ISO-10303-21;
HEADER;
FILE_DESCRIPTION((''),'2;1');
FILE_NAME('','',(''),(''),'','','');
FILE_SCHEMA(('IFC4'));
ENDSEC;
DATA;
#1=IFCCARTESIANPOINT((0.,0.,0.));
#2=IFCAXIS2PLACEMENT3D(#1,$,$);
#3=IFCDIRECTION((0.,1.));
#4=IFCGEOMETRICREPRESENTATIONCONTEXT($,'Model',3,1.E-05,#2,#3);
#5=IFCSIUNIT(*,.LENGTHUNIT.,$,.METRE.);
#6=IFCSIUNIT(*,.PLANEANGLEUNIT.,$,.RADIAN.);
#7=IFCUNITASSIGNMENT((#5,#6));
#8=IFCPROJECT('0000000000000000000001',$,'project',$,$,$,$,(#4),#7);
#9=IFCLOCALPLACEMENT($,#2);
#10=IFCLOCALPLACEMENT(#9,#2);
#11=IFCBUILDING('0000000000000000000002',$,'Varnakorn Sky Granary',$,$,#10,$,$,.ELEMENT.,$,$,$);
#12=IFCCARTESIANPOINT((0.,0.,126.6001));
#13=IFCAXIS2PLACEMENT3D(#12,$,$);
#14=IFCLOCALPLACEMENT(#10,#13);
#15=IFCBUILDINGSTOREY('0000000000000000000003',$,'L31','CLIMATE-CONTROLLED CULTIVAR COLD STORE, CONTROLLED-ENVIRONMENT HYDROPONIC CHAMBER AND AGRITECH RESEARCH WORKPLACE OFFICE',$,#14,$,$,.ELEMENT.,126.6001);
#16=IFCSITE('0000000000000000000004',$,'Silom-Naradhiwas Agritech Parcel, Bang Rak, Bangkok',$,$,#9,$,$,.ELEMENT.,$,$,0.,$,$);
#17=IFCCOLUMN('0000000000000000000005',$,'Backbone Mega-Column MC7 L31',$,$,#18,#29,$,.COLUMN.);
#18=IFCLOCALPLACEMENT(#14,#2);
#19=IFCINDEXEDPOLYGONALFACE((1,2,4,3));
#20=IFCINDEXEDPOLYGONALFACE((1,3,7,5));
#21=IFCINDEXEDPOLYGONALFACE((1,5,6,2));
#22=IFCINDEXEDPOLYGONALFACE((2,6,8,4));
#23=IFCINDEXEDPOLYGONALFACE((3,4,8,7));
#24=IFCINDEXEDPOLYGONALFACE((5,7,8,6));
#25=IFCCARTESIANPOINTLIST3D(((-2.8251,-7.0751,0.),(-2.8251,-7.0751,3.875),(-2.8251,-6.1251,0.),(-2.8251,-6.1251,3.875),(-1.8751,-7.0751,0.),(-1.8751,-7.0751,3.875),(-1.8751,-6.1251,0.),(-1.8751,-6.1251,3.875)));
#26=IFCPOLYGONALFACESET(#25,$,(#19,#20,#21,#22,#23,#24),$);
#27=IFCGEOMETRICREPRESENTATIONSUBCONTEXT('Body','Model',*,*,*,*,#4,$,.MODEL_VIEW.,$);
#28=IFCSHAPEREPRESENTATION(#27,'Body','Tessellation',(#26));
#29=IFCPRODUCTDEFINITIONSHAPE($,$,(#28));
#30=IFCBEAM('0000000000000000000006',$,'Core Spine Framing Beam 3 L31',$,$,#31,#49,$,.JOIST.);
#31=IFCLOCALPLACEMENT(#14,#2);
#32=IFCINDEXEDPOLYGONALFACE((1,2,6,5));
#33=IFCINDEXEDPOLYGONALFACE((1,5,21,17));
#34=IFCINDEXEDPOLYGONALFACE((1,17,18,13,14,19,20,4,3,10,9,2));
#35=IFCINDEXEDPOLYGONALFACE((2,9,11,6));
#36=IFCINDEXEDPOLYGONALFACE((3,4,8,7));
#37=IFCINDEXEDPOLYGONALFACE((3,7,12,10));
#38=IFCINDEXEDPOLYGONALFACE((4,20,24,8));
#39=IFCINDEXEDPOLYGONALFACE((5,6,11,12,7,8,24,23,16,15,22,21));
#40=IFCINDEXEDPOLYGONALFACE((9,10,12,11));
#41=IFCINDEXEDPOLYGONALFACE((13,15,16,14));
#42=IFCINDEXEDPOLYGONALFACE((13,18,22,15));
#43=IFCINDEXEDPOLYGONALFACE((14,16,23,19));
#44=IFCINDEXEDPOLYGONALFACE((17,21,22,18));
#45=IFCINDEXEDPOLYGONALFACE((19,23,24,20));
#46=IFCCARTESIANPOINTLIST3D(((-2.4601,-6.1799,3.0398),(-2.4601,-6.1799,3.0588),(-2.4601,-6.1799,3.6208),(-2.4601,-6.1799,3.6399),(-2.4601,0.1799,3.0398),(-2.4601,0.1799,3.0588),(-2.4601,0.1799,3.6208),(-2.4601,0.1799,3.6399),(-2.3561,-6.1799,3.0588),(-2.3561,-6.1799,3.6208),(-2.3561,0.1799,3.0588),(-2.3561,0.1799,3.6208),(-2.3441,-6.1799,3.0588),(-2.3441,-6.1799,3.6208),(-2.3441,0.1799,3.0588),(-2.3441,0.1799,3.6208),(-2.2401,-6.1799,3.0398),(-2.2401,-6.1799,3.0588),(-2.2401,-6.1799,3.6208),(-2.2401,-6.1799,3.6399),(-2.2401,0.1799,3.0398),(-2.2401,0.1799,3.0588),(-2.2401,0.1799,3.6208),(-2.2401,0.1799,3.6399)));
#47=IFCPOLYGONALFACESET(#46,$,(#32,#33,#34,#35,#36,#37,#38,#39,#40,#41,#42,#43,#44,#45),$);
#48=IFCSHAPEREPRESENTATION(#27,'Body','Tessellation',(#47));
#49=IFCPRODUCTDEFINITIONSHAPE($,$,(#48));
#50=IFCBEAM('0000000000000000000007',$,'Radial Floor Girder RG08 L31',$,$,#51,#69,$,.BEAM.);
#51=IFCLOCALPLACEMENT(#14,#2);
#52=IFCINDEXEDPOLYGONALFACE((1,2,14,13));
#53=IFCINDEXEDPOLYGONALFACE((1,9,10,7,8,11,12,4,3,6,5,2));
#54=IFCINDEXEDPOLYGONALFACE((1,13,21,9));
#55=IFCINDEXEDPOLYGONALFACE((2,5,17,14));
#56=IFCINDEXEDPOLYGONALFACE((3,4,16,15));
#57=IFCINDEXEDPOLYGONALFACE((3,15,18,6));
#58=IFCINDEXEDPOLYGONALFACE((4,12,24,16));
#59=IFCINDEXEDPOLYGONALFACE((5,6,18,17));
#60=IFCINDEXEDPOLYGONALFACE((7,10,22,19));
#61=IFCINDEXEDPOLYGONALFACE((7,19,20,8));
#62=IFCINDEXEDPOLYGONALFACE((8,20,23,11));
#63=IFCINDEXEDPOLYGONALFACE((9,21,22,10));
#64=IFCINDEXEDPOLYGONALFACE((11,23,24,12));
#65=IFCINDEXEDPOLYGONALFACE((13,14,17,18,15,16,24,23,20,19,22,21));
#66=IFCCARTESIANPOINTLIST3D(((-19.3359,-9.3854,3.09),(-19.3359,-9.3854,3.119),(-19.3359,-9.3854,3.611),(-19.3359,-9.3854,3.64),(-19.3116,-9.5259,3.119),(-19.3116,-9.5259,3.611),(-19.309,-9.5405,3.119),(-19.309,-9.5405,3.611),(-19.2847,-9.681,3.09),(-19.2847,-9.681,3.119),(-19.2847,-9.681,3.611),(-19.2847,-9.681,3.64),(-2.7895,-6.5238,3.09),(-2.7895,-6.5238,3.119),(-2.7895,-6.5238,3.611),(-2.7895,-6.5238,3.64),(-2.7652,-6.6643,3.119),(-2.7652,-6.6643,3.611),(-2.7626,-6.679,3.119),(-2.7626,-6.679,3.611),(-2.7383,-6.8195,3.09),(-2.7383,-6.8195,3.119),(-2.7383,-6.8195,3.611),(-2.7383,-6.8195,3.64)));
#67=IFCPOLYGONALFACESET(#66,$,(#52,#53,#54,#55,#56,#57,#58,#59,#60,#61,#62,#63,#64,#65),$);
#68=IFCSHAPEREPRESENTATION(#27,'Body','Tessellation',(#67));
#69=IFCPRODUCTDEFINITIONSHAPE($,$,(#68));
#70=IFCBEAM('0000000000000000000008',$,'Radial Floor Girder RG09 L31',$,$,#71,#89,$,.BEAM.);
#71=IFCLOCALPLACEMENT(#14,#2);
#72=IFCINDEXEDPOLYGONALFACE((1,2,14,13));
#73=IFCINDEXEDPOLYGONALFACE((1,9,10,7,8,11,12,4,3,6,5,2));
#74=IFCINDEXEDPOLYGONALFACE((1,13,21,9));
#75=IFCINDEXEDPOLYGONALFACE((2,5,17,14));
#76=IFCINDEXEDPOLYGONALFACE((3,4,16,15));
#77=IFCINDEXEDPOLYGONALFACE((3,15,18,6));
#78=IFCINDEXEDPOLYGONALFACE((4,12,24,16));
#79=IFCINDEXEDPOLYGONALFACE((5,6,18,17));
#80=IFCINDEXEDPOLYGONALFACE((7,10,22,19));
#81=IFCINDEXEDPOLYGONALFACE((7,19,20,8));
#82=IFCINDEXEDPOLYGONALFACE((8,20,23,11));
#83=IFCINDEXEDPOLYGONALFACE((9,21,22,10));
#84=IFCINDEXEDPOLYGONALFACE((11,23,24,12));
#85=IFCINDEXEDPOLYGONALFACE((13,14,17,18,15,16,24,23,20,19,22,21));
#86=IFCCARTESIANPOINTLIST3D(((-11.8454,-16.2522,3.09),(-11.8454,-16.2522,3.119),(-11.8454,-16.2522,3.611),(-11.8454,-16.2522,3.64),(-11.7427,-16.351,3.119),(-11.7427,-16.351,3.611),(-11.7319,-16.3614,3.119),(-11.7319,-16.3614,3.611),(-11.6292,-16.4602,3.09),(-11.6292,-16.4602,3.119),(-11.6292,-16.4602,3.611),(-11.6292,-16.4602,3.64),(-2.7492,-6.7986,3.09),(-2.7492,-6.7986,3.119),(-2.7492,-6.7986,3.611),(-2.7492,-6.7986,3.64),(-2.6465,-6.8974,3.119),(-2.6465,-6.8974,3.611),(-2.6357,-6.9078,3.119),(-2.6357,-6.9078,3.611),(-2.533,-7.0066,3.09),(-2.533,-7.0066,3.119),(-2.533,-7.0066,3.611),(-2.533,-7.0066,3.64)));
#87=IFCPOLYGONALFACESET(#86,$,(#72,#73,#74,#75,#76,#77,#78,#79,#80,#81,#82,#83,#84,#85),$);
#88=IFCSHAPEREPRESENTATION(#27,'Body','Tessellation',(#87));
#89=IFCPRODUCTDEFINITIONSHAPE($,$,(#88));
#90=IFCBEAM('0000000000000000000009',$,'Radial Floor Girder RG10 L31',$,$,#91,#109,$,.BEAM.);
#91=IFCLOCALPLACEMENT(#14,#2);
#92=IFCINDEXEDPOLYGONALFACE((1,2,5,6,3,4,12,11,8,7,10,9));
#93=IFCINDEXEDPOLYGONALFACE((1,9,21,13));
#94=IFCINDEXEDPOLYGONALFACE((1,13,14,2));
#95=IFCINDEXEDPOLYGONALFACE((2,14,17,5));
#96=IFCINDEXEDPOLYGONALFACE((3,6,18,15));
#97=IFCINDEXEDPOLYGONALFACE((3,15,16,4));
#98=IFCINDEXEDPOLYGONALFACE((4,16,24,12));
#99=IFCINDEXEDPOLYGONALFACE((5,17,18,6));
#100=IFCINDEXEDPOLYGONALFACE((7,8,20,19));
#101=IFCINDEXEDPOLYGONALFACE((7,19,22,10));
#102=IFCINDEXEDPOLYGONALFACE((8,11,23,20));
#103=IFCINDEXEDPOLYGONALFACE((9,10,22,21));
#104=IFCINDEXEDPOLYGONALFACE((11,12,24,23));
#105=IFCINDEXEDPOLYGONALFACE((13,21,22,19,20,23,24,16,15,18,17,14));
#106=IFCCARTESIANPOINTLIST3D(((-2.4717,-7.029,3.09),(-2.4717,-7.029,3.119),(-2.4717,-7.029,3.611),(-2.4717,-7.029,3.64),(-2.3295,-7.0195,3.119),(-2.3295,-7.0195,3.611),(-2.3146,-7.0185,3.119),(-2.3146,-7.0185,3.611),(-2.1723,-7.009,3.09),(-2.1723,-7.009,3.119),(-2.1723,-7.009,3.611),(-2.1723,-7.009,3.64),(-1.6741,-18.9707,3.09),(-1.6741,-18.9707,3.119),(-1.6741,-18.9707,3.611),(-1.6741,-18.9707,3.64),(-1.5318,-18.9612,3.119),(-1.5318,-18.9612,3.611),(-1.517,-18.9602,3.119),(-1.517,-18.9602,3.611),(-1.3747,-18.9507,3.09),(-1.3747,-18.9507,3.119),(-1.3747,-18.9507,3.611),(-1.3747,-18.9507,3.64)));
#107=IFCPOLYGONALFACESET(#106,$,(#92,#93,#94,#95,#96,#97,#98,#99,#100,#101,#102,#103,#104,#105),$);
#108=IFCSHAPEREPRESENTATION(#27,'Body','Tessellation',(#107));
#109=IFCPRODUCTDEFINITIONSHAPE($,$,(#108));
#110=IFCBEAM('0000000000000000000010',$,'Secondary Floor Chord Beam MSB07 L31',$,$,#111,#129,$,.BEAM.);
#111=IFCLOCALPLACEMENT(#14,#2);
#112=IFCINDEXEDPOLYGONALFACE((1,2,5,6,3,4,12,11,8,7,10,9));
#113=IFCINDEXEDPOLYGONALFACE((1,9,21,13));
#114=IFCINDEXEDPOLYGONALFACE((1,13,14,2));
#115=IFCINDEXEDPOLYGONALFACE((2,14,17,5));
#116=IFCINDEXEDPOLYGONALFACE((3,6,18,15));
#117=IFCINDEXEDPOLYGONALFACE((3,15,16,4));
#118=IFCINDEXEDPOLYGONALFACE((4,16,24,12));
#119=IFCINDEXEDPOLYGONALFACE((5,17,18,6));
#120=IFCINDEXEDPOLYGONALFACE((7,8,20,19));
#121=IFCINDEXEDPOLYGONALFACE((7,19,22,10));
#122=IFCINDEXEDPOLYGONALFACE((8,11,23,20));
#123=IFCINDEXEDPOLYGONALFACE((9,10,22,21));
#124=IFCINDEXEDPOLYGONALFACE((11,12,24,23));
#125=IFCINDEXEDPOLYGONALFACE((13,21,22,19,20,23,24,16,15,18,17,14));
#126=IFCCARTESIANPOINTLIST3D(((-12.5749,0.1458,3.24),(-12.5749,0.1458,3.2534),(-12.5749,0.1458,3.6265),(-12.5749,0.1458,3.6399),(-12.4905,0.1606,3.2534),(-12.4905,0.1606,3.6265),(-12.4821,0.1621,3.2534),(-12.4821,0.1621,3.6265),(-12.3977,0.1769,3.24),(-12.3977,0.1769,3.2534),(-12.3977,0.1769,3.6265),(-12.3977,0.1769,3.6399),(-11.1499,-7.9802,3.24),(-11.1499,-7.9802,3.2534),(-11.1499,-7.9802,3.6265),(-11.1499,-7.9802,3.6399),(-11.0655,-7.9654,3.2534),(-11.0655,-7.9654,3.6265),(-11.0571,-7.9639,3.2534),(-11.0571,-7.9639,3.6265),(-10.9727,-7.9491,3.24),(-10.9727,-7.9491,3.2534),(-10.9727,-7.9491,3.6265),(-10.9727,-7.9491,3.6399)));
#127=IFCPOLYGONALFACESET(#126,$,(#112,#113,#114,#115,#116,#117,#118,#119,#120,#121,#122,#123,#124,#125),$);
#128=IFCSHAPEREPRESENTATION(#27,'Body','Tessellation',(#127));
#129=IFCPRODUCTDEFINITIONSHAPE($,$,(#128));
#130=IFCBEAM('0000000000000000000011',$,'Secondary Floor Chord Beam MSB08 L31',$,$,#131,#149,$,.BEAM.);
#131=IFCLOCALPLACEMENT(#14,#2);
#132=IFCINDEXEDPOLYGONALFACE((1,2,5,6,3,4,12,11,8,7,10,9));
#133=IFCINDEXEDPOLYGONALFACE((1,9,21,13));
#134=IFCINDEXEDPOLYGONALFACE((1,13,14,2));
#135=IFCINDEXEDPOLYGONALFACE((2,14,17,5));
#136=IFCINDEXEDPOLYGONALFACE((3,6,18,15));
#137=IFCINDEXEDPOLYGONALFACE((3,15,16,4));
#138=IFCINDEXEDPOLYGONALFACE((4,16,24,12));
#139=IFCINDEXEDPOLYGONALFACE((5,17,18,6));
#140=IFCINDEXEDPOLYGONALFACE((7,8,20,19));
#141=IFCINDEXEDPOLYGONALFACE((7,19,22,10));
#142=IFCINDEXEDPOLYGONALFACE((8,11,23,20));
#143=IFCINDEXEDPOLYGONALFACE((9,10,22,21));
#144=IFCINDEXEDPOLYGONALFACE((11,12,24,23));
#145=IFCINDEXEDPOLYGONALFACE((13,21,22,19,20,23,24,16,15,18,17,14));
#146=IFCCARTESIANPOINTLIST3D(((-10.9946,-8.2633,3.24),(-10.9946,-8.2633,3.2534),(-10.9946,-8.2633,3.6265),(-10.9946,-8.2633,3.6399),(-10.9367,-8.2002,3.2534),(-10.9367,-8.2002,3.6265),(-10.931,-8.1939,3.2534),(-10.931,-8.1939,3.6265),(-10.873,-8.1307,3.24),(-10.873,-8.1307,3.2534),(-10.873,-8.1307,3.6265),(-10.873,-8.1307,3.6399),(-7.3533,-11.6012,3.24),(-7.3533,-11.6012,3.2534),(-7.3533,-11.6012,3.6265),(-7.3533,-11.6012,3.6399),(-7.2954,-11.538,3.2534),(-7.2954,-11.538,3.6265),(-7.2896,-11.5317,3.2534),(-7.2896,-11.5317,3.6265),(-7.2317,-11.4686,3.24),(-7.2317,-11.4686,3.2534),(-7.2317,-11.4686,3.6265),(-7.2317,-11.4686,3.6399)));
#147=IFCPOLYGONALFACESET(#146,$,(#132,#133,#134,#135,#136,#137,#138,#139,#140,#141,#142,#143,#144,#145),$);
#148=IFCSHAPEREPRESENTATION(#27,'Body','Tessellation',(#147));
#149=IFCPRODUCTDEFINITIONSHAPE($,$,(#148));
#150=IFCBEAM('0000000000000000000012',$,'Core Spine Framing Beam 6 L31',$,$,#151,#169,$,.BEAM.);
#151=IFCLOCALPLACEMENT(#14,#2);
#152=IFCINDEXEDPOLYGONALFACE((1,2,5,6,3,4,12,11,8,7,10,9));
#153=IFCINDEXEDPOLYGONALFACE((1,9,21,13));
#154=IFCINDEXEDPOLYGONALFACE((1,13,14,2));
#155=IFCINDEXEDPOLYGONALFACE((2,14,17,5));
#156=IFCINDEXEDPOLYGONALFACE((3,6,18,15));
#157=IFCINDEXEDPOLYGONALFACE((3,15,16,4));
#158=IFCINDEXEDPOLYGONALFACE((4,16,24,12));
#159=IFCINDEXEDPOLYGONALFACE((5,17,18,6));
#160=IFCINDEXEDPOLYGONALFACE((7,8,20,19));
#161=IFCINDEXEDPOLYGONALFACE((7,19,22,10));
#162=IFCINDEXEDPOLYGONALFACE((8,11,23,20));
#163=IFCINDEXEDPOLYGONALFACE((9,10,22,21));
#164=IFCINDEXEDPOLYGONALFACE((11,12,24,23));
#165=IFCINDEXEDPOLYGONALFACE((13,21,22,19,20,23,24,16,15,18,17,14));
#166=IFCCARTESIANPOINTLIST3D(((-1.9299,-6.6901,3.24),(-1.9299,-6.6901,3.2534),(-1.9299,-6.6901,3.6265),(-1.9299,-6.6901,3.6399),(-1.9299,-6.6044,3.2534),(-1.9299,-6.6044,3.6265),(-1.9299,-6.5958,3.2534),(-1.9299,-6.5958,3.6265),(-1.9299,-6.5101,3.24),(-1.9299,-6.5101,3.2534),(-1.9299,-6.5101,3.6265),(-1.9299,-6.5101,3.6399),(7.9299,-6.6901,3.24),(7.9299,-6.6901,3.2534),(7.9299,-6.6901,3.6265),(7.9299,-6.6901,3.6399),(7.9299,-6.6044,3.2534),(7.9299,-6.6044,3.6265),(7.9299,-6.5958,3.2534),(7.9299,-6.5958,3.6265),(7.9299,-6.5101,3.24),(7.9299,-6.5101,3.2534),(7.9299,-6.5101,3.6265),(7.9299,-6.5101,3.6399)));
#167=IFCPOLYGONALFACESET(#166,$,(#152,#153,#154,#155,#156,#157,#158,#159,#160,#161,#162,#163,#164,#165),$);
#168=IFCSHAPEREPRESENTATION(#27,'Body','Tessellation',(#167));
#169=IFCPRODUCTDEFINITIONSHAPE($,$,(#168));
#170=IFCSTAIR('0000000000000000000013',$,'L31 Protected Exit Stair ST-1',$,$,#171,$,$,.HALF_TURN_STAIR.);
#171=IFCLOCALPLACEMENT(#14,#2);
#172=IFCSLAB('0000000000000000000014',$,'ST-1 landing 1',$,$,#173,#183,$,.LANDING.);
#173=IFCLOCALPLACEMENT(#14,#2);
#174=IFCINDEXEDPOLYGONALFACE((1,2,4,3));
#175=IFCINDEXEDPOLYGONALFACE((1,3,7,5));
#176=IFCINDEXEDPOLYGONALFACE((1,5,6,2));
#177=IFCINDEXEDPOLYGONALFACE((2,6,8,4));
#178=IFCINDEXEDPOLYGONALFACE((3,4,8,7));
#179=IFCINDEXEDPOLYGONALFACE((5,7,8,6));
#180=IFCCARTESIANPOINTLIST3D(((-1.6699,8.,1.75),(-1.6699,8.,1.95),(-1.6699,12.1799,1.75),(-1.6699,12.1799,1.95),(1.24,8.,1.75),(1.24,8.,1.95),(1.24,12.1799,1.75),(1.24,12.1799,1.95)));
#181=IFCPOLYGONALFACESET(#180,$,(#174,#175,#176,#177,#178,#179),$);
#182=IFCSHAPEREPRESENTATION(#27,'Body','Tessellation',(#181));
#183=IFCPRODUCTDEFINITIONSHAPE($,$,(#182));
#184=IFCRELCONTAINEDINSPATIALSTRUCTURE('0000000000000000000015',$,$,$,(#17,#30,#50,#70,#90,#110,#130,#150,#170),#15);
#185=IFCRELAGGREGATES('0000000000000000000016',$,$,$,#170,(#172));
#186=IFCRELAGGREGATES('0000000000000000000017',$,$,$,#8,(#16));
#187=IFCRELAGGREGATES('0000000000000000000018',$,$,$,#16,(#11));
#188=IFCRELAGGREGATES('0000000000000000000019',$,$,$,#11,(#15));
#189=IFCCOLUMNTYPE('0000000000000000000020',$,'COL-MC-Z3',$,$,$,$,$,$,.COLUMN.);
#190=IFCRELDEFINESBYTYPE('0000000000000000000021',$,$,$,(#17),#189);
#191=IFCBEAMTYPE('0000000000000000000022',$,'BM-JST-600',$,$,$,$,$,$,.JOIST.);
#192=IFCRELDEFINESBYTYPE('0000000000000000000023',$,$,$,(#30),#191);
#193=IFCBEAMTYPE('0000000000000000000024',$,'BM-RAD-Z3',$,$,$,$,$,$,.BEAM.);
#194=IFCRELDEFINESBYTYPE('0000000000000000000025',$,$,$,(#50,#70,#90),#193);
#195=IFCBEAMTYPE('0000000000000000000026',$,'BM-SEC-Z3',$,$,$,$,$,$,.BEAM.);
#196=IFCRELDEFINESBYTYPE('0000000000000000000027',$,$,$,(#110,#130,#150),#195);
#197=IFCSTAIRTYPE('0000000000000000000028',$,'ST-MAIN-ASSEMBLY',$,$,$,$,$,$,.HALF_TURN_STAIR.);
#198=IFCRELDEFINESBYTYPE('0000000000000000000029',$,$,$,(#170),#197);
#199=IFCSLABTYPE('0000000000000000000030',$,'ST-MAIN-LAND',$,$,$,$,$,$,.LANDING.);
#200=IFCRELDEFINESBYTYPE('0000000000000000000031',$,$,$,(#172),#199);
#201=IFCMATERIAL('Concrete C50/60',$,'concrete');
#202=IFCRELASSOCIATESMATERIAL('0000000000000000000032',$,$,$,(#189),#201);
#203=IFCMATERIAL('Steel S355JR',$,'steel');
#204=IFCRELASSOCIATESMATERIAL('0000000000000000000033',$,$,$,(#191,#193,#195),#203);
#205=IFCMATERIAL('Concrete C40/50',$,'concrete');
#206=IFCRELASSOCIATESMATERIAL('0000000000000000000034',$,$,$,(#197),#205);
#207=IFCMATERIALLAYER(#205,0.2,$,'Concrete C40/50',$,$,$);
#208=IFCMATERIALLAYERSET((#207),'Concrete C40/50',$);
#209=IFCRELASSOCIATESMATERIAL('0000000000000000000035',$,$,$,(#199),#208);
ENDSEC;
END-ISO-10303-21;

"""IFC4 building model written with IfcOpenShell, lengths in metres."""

from ifc_helpers import new_model, si_unit, direction, frame, origin, origin_2d, place, context, subcontext, project, spatial, polyline, rectangle, i_section, outline, extrude, material, layer, layer_set, material_profile, profile_set, type_object, element, aggregate, save


model = new_model("IFC4")

# Units and contexts
model_context = context("Model", 3, precision=1e-05, world=origin(), true_north=direction((0.0, 1.0)))
body_context = subcontext(model_context, "Body", "Model", "MODEL_VIEW")
ifc_project = project(units=[si_unit("LENGTHUNIT", "METRE"), si_unit("PLANEANGLEUNIT", "RADIAN")], contexts=[model_context])

# Site, building, storey
site_placement = place(None, origin())
site = spatial("IfcSite", under=ifc_project, at=site_placement, Name="Silom-Naradhiwas Agritech Parcel, Bang Rak, Bangkok", CompositionType="ELEMENT", RefElevation=0.0)
building_placement = place(site_placement, origin())
building = spatial("IfcBuilding", under=site, at=building_placement, Name="Varnakorn Sky Granary", CompositionType="ELEMENT")
storey_placement = place(building_placement, frame((0.0, 0.0, 126.6001)))
storey = spatial("IfcBuildingStorey", under=building, at=storey_placement, Name="L31", Description="CLIMATE-CONTROLLED CULTIVAR COLD STORE, CONTROLLED-ENVIRONMENT HYDROPONIC CHAMBER AND AGRITECH RESEARCH WORKPLACE OFFICE", CompositionType="ELEMENT", Elevation=126.6001)

# Column
ifc_material_1 = material(Name="Concrete C50/60", Category="concrete")
ifc_material_profile_1 = material_profile(ifc_material_1, rectangle(XDim=0.95, YDim=0.95, at=origin_2d()), Name="RC 950x950")
ifc_profile_set_1 = profile_set([ifc_material_profile_1], Name="Concrete C50/60")
column_type = type_object("IfcColumnType", Name="COL-MC-Z3", PredefinedType="COLUMN", material=ifc_profile_set_1)
column_placement = place(storey_placement, frame((-2.3501, -6.6001, 0.0), z_axis=(0.0, 0.0, 1.0), x_axis=(1.0, 0.0, 0.0)))
element("IfcColumn", 1, at=column_placement, inside=storey, type_object=column_type, Name="Backbone Mega-Column MC7 L31", PredefinedType="COLUMN", context=body_context, shape_type="SweptSolid", body=[
    extrude(rectangle(XDim=0.95, YDim=0.95, at=origin_2d()), origin(), (0.0, 0.0, 1.0), 3.875),
])

# Beams
ifc_material_2 = material(Name="Steel S355JR", Category="steel")
ifc_material_profile_2 = material_profile(ifc_material_2, i_section(OverallWidth=0.22, OverallDepth=0.6001, WebThickness=0.012, FlangeThickness=0.019, at=origin_2d()), Name="IPE 600")
ifc_profile_set_2 = profile_set([ifc_material_profile_2], Name="Steel S355JR")
beam_type_1 = type_object("IfcBeamType", Name="BM-JST-600", PredefinedType="JOIST", material=ifc_profile_set_2)
beam_1_placement = place(storey_placement, frame((-2.3501, 0.1799, 3.3398), z_axis=(0.0, -1.0, 0.0), x_axis=(1.0, 0.0, 0.0)))
element("IfcBeam", 2, at=beam_1_placement, inside=storey, type_object=beam_type_1, Name="Core Spine Framing Beam 3 L31", PredefinedType="JOIST", context=body_context, shape_type="SweptSolid", body=[
    extrude(i_section(OverallWidth=0.22, OverallDepth=0.6001, WebThickness=0.012, FlangeThickness=0.019, at=origin_2d()), origin(), (0.0, 0.0, 1.0), 6.3599),
])
ifc_material_profile_3 = material_profile(ifc_material_2, i_section(OverallWidth=0.3, OverallDepth=0.55, WebThickness=0.0149, FlangeThickness=0.0291, at=origin_2d()), Name="HE 550 B")
ifc_profile_set_3 = profile_set([ifc_material_profile_3], Name="Steel S355JR")
beam_type_2 = type_object("IfcBeamType", Name="BM-RAD-Z3", PredefinedType="BEAM", material=ifc_profile_set_3)
beam_2_placement = place(storey_placement, frame((-2.7639, -6.6716, 3.365), z_axis=(-0.985373, -0.170413, 0.0), x_axis=(0.170413, -0.985373, 0.0)))
element("IfcBeam", 3, at=beam_2_placement, inside=storey, type_object=beam_type_2, Name="Radial Floor Girder RG08 L31", PredefinedType="BEAM", context=body_context, shape_type="SweptSolid", body=[
    extrude(i_section(OverallWidth=0.3, OverallDepth=0.55, WebThickness=0.0149, FlangeThickness=0.0291, at=origin_2d()), origin(), (0.0, 0.0, 1.0), 16.792),
])
beam_3_placement = place(storey_placement, frame((-2.6411, -6.9026, 3.365), z_axis=(-0.693353, -0.720598, 0.0), x_axis=(0.720598, -0.693353, 0.0)))
element("IfcBeam", 4, at=beam_3_placement, inside=storey, type_object=beam_type_2, Name="Radial Floor Girder RG09 L31", PredefinedType="BEAM", context=body_context, shape_type="SweptSolid", body=[
    extrude(i_section(OverallWidth=0.3, OverallDepth=0.55, WebThickness=0.0149, FlangeThickness=0.0291, at=origin_2d()), origin(), (0.0, 0.0, 1.0), 13.1191),
])
beam_4_placement = place(storey_placement, frame((-2.322, -7.019, 3.365), z_axis=(0.066644, -0.997777, 0.0), x_axis=(0.997777, 0.066644, 0.0)))
element("IfcBeam", 5, at=beam_4_placement, inside=storey, type_object=beam_type_2, Name="Radial Floor Girder RG10 L31", PredefinedType="BEAM", context=body_context, shape_type="SweptSolid", body=[
    extrude(i_section(OverallWidth=0.3, OverallDepth=0.55, WebThickness=0.0149, FlangeThickness=0.0291, at=origin_2d()), origin(), (0.0, 0.0, 1.0), 11.9683),
])
ifc_material_profile_4 = material_profile(ifc_material_2, i_section(OverallWidth=0.1799, OverallDepth=0.3999, WebThickness=0.0085, FlangeThickness=0.0134, at=origin_2d()), Name="IPE 400")
ifc_profile_set_4 = profile_set([ifc_material_profile_4], Name="Steel S355JR")
beam_type_3 = type_object("IfcBeamType", Name="BM-SEC-Z3", PredefinedType="BEAM", material=ifc_profile_set_4)
beam_5_placement = place(storey_placement, frame((-12.4863, 0.1614, 3.4399), z_axis=(0.172733, -0.984969, 0.0), x_axis=(0.984969, 0.172733, 0.0)))
element("IfcBeam", 6, at=beam_5_placement, inside=storey, type_object=beam_type_3, Name="Secondary Floor Chord Beam MSB07 L31", PredefinedType="BEAM", context=body_context, shape_type="SweptSolid", body=[
    extrude(i_section(OverallWidth=0.1799, OverallDepth=0.3999, WebThickness=0.0085, FlangeThickness=0.0134, at=origin_2d()), origin(), (0.0, 0.0, 1.0), 8.25),
])
beam_6_placement = place(storey_placement, frame((-10.9338, -8.197, 3.4399), z_axis=(0.737156, -0.675722, 0.0), x_axis=(0.675722, 0.737156, 0.0)))
element("IfcBeam", 7, at=beam_6_placement, inside=storey, type_object=beam_type_3, Name="Secondary Floor Chord Beam MSB08 L31", PredefinedType="BEAM", context=body_context, shape_type="SweptSolid", body=[
    extrude(i_section(OverallWidth=0.1799, OverallDepth=0.3999, WebThickness=0.0085, FlangeThickness=0.0134, at=origin_2d()), origin(), (0.0, 0.0, 1.0), 4.9397),
])
beam_7_placement = place(storey_placement, frame((-1.9299, -6.6001, 3.4399), z_axis=(1.0, 0.0, 0.0), x_axis=(0.0, 1.0, 0.0)))
element("IfcBeam", 8, at=beam_7_placement, inside=storey, type_object=beam_type_3, Name="Core Spine Framing Beam 6 L31", PredefinedType="BEAM", context=body_context, shape_type="SweptSolid", body=[
    extrude(i_section(OverallWidth=0.1799, OverallDepth=0.3999, WebThickness=0.0085, FlangeThickness=0.0134, at=origin_2d()), origin(), (0.0, 0.0, 1.0), 9.8599),
])

# Stair, slab
ifc_material_3 = material(Name="Concrete C40/50", Category="concrete")
stair_type = type_object("IfcStairType", Name="ST-MAIN-ASSEMBLY", PredefinedType="HALF_TURN_STAIR", material=ifc_material_3)
stair_1_placement = place(storey_placement, origin())
stair_1 = element("IfcStair", 9, at=stair_1_placement, inside=storey, type_object=stair_type, Name="L31 Protected Exit Stair ST-1", PredefinedType="HALF_TURN_STAIR")
ifc_layer_1 = layer(ifc_material_3, 0.2, Name="Concrete C40/50")
ifc_layer_set_1 = layer_set([ifc_layer_1], Name="Concrete C40/50")
slab_type_1 = type_object("IfcSlabType", Name="ST-MAIN-LAND", PredefinedType="LANDING", material=ifc_layer_set_1)
slab_1_placement = place(storey_placement, frame((0.0, 0.0, 1.75)))
slab_1 = element("IfcSlab", 10, at=slab_1_placement, type_object=slab_type_1, Name="ST-1 landing 1", PredefinedType="LANDING", context=body_context, shape_type="SweptSolid", body=[
    extrude(outline(polyline([(1.24, 8.0), (1.24, 12.1799), (-1.6699, 12.1799), (-1.6699, 8.0), (1.24, 8.0)])), origin(), (0.0, 0.0, 1.0), 0.2),
])
aggregate(stair_1, [slab_1])

save(model, "model.ifc")
